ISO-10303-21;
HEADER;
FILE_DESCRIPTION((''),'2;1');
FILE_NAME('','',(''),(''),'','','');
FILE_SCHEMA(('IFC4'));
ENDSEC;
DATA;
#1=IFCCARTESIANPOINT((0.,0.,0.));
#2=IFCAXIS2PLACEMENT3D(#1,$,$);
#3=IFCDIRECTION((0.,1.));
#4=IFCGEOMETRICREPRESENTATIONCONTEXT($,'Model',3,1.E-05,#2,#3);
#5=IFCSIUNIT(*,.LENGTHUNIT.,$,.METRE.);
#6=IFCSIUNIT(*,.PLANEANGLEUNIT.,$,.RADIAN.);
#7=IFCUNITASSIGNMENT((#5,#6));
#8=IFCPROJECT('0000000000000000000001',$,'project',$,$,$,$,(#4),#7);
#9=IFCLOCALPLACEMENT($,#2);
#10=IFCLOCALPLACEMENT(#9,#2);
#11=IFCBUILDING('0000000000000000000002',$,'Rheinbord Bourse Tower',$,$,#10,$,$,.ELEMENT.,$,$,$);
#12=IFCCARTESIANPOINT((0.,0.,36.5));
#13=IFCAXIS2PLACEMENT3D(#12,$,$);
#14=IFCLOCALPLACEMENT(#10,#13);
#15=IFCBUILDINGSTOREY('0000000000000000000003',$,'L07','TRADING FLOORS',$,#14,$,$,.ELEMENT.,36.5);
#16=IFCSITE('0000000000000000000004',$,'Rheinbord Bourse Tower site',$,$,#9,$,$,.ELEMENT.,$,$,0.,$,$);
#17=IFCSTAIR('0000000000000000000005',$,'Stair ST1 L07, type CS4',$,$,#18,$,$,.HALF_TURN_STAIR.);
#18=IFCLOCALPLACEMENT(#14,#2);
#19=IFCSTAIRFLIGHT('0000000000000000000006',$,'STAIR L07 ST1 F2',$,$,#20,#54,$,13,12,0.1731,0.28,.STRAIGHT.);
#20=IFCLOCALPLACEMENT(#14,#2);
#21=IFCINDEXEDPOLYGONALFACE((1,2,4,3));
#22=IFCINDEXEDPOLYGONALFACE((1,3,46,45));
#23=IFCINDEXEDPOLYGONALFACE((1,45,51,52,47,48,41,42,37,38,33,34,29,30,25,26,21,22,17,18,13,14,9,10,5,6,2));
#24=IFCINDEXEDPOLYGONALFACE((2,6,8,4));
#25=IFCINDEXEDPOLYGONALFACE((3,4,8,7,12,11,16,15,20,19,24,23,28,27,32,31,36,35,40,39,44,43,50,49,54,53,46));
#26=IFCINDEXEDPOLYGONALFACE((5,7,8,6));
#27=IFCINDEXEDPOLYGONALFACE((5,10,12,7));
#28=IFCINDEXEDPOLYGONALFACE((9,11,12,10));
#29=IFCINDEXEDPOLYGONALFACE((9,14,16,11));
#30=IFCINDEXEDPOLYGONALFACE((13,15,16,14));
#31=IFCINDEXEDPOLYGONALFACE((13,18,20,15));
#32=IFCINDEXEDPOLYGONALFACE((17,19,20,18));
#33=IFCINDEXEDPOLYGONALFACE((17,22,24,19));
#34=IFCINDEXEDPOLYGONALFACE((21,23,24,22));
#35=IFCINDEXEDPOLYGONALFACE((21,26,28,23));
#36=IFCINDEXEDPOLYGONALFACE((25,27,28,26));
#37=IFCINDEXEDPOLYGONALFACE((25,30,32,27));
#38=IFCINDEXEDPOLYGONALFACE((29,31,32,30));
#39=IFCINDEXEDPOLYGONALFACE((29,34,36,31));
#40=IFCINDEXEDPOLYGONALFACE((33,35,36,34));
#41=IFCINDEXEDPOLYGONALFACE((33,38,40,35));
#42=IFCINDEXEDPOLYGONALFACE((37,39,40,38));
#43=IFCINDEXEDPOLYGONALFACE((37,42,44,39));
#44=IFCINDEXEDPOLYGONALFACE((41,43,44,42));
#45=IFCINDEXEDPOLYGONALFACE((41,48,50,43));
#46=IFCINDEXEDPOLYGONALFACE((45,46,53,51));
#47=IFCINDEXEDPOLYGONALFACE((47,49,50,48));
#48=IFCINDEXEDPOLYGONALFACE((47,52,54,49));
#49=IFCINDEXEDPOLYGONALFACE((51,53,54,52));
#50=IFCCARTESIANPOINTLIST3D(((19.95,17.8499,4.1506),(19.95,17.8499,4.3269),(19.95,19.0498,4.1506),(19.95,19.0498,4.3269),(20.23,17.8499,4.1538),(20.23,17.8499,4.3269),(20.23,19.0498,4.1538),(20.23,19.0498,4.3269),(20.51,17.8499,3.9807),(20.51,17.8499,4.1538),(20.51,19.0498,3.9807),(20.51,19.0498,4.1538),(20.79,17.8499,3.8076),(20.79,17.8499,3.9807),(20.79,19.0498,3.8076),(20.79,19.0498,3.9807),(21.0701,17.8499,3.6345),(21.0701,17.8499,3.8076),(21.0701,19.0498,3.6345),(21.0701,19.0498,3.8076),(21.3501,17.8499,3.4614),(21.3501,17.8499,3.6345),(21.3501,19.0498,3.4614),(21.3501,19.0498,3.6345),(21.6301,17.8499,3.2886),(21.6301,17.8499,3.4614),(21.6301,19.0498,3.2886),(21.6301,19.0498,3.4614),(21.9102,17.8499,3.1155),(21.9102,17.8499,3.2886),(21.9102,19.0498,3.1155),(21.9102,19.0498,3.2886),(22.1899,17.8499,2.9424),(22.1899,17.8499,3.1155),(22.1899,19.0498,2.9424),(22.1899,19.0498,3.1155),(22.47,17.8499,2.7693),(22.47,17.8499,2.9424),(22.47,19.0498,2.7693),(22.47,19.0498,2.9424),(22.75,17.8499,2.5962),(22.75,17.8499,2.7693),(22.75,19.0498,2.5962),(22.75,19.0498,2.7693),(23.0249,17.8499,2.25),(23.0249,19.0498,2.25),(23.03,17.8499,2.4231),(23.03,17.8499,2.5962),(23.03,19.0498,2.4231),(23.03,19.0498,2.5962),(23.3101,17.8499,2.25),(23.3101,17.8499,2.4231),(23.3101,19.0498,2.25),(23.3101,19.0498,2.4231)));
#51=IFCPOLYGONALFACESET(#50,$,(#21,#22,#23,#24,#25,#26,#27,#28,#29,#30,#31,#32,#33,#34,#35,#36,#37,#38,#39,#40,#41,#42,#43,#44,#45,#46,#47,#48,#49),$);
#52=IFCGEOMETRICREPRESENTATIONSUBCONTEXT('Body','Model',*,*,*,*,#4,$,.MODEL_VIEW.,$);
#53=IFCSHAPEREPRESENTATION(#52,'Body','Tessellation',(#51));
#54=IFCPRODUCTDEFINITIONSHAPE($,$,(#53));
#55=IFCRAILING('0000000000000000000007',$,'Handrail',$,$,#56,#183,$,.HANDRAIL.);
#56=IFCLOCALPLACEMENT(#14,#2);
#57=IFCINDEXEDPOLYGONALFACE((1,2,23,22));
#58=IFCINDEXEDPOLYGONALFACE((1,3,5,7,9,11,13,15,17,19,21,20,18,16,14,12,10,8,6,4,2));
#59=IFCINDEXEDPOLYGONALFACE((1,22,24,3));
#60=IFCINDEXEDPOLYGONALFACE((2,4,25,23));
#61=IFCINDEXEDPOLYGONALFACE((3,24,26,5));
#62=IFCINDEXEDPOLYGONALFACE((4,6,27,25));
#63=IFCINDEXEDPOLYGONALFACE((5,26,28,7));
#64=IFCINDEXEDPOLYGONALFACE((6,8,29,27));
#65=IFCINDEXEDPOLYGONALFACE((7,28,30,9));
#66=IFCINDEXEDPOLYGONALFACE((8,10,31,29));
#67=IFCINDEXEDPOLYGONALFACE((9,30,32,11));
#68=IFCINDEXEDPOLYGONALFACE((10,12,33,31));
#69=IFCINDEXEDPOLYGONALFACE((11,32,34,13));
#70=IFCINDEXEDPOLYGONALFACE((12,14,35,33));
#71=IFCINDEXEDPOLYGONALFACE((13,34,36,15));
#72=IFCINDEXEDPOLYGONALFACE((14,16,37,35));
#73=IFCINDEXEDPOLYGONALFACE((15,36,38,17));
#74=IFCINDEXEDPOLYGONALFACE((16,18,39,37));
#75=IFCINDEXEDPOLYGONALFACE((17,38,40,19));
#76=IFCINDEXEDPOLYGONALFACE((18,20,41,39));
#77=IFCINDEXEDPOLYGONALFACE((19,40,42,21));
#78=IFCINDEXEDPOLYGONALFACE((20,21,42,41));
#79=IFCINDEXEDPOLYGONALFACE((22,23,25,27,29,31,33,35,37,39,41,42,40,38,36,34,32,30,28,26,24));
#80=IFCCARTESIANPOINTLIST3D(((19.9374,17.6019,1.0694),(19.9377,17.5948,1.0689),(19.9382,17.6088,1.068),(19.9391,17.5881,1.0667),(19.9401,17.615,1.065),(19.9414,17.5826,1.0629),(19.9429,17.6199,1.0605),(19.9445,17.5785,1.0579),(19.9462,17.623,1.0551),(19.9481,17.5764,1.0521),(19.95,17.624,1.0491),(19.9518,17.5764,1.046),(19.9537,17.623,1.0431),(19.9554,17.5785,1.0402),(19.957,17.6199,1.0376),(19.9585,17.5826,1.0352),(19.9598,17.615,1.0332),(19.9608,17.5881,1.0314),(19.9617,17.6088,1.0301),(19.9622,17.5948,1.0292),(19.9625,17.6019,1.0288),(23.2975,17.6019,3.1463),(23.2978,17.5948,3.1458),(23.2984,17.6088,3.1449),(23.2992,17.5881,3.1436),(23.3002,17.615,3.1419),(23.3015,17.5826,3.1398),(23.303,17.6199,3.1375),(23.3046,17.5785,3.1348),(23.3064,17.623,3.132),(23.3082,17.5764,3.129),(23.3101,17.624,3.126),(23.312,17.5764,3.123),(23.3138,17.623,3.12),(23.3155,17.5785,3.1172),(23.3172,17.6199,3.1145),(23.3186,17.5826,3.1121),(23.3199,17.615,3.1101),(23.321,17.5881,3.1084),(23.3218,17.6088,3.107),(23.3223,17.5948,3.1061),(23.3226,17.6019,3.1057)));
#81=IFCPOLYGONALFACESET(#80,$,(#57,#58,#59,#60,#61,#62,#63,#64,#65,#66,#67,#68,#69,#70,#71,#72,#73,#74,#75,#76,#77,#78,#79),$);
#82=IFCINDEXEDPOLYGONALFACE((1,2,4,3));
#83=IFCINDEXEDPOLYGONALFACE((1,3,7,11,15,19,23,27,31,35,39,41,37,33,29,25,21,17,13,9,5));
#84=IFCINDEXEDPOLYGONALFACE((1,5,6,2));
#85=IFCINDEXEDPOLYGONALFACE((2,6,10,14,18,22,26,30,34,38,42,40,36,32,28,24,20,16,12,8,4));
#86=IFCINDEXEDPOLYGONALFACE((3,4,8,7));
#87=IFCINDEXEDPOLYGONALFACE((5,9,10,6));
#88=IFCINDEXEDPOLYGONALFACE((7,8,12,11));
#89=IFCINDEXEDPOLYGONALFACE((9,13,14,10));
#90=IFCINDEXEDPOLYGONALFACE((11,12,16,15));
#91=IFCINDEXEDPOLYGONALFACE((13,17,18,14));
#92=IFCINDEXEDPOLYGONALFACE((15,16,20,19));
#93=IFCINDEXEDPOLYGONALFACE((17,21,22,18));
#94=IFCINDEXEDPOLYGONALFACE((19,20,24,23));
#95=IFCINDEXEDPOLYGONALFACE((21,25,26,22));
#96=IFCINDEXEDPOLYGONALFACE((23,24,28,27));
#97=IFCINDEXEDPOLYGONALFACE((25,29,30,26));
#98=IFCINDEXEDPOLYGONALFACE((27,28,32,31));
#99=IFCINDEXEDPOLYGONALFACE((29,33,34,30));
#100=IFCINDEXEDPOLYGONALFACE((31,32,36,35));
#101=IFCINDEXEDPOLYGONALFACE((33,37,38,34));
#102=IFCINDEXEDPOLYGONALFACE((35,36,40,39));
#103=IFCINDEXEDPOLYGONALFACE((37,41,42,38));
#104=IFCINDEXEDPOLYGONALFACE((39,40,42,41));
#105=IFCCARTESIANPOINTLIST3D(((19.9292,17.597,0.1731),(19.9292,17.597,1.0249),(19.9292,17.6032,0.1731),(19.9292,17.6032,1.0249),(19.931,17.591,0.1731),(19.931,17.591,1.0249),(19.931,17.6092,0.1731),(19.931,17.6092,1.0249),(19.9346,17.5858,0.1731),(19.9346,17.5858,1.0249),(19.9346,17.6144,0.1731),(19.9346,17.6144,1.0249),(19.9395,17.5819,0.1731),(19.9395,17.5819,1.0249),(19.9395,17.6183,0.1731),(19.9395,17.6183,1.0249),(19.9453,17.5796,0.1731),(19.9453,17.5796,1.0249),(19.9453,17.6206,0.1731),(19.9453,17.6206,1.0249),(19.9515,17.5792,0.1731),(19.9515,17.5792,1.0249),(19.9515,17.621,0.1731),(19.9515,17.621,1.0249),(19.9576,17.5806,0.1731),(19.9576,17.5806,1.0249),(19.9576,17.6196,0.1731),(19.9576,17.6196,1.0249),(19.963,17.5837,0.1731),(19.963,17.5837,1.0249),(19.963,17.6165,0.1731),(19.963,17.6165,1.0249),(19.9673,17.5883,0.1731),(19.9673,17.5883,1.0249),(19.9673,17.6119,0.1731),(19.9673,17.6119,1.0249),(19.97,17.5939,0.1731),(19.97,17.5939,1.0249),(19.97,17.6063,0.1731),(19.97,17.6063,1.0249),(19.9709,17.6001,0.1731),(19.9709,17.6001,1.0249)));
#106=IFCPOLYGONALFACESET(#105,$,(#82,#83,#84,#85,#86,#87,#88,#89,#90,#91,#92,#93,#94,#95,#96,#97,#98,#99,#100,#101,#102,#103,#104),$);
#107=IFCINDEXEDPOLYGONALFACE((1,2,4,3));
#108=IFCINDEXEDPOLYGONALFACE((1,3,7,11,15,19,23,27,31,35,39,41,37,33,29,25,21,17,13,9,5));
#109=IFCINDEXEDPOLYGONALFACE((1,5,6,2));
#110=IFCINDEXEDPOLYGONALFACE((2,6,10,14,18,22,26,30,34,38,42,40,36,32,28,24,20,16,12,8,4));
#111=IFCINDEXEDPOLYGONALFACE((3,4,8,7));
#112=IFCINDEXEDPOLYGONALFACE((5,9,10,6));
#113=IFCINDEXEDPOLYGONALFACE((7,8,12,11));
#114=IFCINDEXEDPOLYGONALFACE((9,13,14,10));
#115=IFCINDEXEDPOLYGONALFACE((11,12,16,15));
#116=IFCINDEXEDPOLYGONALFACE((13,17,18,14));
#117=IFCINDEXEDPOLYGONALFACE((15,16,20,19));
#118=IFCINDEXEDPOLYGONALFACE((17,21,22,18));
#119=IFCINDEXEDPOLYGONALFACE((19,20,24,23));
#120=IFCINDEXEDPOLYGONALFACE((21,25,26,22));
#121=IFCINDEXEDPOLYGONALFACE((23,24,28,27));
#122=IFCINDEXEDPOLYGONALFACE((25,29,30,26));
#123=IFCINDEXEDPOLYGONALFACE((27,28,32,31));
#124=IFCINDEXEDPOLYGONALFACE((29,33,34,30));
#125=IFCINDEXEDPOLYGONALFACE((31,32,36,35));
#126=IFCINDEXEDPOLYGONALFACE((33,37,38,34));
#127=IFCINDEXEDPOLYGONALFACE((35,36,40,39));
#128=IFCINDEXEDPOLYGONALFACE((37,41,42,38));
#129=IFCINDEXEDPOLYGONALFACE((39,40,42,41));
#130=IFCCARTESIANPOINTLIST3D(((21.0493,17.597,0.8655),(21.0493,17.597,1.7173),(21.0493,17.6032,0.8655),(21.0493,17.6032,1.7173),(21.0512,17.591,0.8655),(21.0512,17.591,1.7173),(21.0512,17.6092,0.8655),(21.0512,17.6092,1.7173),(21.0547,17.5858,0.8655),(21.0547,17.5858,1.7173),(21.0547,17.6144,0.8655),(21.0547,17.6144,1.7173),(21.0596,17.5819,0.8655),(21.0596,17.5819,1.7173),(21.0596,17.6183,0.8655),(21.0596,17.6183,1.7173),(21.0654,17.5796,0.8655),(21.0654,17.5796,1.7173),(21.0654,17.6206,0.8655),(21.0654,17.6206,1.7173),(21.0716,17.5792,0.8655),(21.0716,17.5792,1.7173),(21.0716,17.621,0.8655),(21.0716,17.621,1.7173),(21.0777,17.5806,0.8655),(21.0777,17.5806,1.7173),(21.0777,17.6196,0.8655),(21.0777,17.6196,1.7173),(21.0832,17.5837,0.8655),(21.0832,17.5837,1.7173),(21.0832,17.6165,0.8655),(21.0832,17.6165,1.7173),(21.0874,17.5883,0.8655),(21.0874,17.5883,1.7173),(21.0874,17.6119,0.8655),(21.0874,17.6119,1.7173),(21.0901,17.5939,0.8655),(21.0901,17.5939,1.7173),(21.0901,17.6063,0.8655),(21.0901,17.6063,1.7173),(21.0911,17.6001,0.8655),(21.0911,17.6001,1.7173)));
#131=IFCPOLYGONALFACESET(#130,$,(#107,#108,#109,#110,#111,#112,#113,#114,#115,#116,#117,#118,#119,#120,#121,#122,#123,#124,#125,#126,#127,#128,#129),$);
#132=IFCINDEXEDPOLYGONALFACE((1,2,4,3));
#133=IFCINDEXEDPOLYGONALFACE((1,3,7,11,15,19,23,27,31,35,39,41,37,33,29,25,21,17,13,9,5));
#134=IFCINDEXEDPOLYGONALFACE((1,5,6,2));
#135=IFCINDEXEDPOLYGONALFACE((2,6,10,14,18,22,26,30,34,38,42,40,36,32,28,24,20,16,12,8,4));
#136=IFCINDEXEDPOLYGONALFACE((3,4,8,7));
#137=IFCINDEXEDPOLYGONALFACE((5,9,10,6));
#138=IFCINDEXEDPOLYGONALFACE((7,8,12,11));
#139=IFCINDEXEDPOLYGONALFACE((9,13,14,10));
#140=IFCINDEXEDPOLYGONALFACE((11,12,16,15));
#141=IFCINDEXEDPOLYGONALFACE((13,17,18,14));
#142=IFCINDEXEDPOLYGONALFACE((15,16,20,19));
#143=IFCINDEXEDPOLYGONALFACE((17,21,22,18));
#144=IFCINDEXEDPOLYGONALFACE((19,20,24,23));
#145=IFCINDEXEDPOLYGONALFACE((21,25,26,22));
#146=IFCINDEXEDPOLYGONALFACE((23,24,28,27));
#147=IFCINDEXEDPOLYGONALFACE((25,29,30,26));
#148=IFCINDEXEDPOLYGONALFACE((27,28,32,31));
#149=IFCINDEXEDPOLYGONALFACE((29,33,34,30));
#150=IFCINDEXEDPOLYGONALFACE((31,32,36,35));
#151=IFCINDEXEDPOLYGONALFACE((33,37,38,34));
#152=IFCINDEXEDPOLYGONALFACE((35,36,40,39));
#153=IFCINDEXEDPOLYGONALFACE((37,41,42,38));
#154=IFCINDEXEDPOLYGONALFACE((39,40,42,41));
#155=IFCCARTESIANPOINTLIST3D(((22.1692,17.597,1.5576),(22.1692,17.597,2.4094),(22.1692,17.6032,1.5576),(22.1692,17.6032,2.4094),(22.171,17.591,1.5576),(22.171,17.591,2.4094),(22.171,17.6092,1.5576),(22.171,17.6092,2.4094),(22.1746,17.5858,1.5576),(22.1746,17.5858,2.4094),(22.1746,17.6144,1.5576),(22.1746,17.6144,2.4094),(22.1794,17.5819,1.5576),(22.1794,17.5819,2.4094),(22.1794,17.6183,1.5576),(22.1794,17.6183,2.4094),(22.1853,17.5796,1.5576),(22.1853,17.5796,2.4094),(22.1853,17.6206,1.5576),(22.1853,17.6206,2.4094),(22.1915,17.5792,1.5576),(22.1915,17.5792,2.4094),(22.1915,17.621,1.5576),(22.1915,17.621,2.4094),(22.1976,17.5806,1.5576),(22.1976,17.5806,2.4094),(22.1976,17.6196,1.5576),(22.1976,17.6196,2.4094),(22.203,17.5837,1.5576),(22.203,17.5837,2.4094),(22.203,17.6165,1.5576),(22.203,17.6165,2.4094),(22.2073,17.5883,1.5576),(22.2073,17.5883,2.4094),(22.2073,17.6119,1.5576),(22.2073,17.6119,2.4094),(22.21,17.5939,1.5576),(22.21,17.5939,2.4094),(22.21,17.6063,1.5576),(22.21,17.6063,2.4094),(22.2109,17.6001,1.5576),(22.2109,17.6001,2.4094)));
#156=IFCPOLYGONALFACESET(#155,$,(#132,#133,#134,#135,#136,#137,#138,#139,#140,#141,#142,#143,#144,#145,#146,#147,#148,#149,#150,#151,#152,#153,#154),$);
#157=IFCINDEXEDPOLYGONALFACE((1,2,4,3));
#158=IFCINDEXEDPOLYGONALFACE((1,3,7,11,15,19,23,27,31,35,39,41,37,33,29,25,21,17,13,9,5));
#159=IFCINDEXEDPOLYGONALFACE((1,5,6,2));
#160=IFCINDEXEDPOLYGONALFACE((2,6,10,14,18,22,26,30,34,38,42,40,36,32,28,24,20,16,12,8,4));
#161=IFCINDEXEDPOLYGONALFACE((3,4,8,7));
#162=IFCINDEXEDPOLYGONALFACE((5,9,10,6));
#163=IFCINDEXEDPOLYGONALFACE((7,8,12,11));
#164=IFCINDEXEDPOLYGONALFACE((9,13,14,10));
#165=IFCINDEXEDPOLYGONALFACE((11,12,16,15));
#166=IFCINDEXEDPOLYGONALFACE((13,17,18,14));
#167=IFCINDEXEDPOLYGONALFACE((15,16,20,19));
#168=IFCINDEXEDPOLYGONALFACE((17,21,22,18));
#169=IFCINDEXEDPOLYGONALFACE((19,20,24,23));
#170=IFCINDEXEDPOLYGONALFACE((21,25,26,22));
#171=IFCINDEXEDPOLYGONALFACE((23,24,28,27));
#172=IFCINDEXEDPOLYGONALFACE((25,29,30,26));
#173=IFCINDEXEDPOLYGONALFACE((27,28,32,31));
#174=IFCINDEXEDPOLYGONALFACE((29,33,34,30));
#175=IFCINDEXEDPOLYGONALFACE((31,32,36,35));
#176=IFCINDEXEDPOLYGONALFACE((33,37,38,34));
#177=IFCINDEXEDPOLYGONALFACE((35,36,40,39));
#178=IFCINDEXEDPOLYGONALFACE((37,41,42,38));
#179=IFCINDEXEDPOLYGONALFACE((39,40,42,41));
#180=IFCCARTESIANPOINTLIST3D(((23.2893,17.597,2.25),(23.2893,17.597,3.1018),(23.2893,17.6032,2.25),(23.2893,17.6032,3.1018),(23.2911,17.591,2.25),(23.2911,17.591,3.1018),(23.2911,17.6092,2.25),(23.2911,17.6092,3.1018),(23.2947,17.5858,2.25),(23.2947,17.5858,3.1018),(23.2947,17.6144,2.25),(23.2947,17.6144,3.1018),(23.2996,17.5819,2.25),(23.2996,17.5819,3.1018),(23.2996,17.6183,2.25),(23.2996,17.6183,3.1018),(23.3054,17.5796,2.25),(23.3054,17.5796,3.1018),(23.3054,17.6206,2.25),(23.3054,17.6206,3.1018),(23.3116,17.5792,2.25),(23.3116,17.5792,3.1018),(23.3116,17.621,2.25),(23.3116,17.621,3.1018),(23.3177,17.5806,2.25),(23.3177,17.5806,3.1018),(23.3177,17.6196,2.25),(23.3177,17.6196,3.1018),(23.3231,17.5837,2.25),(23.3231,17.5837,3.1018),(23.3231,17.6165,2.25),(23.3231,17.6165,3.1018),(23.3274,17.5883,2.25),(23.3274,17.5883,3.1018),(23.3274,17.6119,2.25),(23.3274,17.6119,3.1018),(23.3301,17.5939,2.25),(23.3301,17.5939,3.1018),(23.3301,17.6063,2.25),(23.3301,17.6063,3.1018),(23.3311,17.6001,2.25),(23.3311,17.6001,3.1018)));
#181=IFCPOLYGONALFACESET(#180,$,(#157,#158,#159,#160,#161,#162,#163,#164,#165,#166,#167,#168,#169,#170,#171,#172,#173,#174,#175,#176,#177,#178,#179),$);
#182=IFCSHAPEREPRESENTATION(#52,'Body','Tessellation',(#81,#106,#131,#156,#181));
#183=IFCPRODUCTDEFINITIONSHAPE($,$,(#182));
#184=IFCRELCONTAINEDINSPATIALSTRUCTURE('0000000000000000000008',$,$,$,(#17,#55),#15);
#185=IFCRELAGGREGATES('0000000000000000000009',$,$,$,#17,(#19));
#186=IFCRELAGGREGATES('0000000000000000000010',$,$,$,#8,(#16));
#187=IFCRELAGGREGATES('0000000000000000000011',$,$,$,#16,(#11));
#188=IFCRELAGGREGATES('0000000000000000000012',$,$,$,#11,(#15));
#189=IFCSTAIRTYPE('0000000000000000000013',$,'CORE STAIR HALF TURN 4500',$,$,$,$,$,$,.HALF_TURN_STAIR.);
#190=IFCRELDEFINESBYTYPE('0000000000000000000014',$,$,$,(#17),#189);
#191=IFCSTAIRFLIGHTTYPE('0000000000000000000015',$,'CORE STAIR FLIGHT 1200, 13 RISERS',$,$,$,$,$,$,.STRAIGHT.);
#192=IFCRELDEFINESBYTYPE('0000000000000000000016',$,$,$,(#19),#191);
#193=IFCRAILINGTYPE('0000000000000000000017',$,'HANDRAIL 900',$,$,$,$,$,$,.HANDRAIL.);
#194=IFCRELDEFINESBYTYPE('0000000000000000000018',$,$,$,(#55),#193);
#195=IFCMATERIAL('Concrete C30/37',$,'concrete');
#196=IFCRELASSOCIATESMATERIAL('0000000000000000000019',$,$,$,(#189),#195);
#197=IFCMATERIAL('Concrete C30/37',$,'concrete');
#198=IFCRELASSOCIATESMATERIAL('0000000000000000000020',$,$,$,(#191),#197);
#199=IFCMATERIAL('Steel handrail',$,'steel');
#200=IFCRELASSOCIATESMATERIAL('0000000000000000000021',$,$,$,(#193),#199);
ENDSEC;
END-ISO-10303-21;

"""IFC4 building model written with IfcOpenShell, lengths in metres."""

from ifc_helpers import new_model, si_unit, direction, frame, origin, origin_2d, place, context, subcontext, project, spatial, polyline, circle, outline, extrude, material, type_object, element, aggregate, save


model = new_model("IFC4")

# Units and contexts
model_context = context("Model", 3, precision=1e-05, world=origin(), true_north=direction((0.0, 1.0)))
body_context = subcontext(model_context, "Body", "Model", "MODEL_VIEW")
ifc_project = project(units=[si_unit("LENGTHUNIT", "METRE"), si_unit("PLANEANGLEUNIT", "RADIAN")], contexts=[model_context])

# Site, building, storey
site_placement = place(None, origin())
site = spatial("IfcSite", under=ifc_project, at=site_placement, Name="Rheinbord Bourse Tower site", CompositionType="ELEMENT", RefElevation=0.0)
building_placement = place(site_placement, origin())
building = spatial("IfcBuilding", under=site, at=building_placement, Name="Rheinbord Bourse Tower", CompositionType="ELEMENT")
storey_placement = place(building_placement, frame((0.0, 0.0, 36.5)))
storey = spatial("IfcBuildingStorey", under=building, at=storey_placement, Name="L07", Description="TRADING FLOORS", CompositionType="ELEMENT", Elevation=36.5)

# Stair, stair flight
ifc_material_1 = material(Name="Concrete C30/37", Category="concrete")
stair_type = type_object("IfcStairType", Name="CORE STAIR HALF TURN 4500", PredefinedType="HALF_TURN_STAIR", material=ifc_material_1)
stair_placement = place(storey_placement, origin())
stair = element("IfcStair", 1, at=stair_placement, inside=storey, type_object=stair_type, Name="Stair ST1 L07, type CS4", PredefinedType="HALF_TURN_STAIR")
ifc_material_2 = material(Name="Concrete C30/37", Category="concrete")
stair_flight_type = type_object("IfcStairFlightType", Name="CORE STAIR FLIGHT 1200, 13 RISERS", PredefinedType="STRAIGHT", material=ifc_material_2)
stair_flight_1_placement = place(storey_placement, frame((23.3101, 18.45, 2.25), z_axis=(0.0, 0.0, 1.0), x_axis=(-1.0, 0.0, 0.0)))
stair_flight_1 = element("IfcStairFlight", 2, at=stair_flight_1_placement, type_object=stair_flight_type, Name="STAIR L07 ST1 F2", NumberOfRisers=13, NumberOfTreads=12, PredefinedType="STRAIGHT", RiserHeight=0.1731, TreadLength=0.28, context=body_context, shape_type="SweptSolid", body=[
    extrude(outline(polyline([(0.0, 0.0), (0.0, 0.1731), (0.28, 0.1731), (0.28, 0.3462), (0.5601, 0.3462), (0.5601, 0.5193), (0.8401, 0.5193), (0.8401, 0.6924), (1.1201, 0.6924), (1.1201, 0.8655), (1.3999, 0.8655), (1.3999, 1.0386), (1.6799, 1.0386), (1.6799, 1.2114), (1.96, 1.2114), (1.96, 1.3845), (2.24, 1.3845), (2.24, 1.5576), (2.52, 1.5576), (2.52, 1.7307), (2.8, 1.7307), (2.8, 1.9038), (3.0801, 1.9038), (3.0801, 2.0769), (3.3601, 2.0769), (3.3601, 2.25), (3.3601, 1.9006), (0.2852, 0.0), (0.0, 0.0)])), frame((0.0, 0.6001, 0.0), z_axis=(0.0, -1.0, 0.0), x_axis=(1.0, 0.0, 0.0)), (0.0, 0.0, 1.0), 1.2),
])
aggregate(stair, [stair_flight_1])

# Railing
ifc_material_3 = material(Name="Steel handrail", Category="steel")
railing_type = type_object("IfcRailingType", Name="HANDRAIL 900", PredefinedType="HANDRAIL", material=ifc_material_3)
railing_1_placement = place(storey_placement, frame((19.95, 17.6001, 0.1731)))
element("IfcRailing", 3, at=railing_1_placement, inside=storey, type_object=railing_type, Name="Handrail", PredefinedType="HANDRAIL", context=body_context, shape_type="SweptSolid", body=[
    extrude(circle(Radius=0.0239, at=origin_2d()), frame((0.0, 0.0, 0.876), z_axis=(0.850623, 0.0, 0.525776), x_axis=(0.0, 1.0, 0.0)), (0.0, 0.0, 1.0), 3.9502),
    extrude(circle(Radius=0.021, at=origin_2d()), origin(), (0.0, 0.0, 1.0), 0.8518),
    extrude(circle(Radius=0.021, at=origin_2d()), frame((1.1201, 0.0, 0.6924)), (0.0, 0.0, 1.0), 0.8518),
    extrude(circle(Radius=0.021, at=origin_2d()), frame((2.24, 0.0, 1.3845)), (0.0, 0.0, 1.0), 0.8518),
    extrude(circle(Radius=0.021, at=origin_2d()), frame((3.3601, 0.0, 2.0769)), (0.0, 0.0, 1.0), 0.8518),
])

save(model, "model.ifc")
